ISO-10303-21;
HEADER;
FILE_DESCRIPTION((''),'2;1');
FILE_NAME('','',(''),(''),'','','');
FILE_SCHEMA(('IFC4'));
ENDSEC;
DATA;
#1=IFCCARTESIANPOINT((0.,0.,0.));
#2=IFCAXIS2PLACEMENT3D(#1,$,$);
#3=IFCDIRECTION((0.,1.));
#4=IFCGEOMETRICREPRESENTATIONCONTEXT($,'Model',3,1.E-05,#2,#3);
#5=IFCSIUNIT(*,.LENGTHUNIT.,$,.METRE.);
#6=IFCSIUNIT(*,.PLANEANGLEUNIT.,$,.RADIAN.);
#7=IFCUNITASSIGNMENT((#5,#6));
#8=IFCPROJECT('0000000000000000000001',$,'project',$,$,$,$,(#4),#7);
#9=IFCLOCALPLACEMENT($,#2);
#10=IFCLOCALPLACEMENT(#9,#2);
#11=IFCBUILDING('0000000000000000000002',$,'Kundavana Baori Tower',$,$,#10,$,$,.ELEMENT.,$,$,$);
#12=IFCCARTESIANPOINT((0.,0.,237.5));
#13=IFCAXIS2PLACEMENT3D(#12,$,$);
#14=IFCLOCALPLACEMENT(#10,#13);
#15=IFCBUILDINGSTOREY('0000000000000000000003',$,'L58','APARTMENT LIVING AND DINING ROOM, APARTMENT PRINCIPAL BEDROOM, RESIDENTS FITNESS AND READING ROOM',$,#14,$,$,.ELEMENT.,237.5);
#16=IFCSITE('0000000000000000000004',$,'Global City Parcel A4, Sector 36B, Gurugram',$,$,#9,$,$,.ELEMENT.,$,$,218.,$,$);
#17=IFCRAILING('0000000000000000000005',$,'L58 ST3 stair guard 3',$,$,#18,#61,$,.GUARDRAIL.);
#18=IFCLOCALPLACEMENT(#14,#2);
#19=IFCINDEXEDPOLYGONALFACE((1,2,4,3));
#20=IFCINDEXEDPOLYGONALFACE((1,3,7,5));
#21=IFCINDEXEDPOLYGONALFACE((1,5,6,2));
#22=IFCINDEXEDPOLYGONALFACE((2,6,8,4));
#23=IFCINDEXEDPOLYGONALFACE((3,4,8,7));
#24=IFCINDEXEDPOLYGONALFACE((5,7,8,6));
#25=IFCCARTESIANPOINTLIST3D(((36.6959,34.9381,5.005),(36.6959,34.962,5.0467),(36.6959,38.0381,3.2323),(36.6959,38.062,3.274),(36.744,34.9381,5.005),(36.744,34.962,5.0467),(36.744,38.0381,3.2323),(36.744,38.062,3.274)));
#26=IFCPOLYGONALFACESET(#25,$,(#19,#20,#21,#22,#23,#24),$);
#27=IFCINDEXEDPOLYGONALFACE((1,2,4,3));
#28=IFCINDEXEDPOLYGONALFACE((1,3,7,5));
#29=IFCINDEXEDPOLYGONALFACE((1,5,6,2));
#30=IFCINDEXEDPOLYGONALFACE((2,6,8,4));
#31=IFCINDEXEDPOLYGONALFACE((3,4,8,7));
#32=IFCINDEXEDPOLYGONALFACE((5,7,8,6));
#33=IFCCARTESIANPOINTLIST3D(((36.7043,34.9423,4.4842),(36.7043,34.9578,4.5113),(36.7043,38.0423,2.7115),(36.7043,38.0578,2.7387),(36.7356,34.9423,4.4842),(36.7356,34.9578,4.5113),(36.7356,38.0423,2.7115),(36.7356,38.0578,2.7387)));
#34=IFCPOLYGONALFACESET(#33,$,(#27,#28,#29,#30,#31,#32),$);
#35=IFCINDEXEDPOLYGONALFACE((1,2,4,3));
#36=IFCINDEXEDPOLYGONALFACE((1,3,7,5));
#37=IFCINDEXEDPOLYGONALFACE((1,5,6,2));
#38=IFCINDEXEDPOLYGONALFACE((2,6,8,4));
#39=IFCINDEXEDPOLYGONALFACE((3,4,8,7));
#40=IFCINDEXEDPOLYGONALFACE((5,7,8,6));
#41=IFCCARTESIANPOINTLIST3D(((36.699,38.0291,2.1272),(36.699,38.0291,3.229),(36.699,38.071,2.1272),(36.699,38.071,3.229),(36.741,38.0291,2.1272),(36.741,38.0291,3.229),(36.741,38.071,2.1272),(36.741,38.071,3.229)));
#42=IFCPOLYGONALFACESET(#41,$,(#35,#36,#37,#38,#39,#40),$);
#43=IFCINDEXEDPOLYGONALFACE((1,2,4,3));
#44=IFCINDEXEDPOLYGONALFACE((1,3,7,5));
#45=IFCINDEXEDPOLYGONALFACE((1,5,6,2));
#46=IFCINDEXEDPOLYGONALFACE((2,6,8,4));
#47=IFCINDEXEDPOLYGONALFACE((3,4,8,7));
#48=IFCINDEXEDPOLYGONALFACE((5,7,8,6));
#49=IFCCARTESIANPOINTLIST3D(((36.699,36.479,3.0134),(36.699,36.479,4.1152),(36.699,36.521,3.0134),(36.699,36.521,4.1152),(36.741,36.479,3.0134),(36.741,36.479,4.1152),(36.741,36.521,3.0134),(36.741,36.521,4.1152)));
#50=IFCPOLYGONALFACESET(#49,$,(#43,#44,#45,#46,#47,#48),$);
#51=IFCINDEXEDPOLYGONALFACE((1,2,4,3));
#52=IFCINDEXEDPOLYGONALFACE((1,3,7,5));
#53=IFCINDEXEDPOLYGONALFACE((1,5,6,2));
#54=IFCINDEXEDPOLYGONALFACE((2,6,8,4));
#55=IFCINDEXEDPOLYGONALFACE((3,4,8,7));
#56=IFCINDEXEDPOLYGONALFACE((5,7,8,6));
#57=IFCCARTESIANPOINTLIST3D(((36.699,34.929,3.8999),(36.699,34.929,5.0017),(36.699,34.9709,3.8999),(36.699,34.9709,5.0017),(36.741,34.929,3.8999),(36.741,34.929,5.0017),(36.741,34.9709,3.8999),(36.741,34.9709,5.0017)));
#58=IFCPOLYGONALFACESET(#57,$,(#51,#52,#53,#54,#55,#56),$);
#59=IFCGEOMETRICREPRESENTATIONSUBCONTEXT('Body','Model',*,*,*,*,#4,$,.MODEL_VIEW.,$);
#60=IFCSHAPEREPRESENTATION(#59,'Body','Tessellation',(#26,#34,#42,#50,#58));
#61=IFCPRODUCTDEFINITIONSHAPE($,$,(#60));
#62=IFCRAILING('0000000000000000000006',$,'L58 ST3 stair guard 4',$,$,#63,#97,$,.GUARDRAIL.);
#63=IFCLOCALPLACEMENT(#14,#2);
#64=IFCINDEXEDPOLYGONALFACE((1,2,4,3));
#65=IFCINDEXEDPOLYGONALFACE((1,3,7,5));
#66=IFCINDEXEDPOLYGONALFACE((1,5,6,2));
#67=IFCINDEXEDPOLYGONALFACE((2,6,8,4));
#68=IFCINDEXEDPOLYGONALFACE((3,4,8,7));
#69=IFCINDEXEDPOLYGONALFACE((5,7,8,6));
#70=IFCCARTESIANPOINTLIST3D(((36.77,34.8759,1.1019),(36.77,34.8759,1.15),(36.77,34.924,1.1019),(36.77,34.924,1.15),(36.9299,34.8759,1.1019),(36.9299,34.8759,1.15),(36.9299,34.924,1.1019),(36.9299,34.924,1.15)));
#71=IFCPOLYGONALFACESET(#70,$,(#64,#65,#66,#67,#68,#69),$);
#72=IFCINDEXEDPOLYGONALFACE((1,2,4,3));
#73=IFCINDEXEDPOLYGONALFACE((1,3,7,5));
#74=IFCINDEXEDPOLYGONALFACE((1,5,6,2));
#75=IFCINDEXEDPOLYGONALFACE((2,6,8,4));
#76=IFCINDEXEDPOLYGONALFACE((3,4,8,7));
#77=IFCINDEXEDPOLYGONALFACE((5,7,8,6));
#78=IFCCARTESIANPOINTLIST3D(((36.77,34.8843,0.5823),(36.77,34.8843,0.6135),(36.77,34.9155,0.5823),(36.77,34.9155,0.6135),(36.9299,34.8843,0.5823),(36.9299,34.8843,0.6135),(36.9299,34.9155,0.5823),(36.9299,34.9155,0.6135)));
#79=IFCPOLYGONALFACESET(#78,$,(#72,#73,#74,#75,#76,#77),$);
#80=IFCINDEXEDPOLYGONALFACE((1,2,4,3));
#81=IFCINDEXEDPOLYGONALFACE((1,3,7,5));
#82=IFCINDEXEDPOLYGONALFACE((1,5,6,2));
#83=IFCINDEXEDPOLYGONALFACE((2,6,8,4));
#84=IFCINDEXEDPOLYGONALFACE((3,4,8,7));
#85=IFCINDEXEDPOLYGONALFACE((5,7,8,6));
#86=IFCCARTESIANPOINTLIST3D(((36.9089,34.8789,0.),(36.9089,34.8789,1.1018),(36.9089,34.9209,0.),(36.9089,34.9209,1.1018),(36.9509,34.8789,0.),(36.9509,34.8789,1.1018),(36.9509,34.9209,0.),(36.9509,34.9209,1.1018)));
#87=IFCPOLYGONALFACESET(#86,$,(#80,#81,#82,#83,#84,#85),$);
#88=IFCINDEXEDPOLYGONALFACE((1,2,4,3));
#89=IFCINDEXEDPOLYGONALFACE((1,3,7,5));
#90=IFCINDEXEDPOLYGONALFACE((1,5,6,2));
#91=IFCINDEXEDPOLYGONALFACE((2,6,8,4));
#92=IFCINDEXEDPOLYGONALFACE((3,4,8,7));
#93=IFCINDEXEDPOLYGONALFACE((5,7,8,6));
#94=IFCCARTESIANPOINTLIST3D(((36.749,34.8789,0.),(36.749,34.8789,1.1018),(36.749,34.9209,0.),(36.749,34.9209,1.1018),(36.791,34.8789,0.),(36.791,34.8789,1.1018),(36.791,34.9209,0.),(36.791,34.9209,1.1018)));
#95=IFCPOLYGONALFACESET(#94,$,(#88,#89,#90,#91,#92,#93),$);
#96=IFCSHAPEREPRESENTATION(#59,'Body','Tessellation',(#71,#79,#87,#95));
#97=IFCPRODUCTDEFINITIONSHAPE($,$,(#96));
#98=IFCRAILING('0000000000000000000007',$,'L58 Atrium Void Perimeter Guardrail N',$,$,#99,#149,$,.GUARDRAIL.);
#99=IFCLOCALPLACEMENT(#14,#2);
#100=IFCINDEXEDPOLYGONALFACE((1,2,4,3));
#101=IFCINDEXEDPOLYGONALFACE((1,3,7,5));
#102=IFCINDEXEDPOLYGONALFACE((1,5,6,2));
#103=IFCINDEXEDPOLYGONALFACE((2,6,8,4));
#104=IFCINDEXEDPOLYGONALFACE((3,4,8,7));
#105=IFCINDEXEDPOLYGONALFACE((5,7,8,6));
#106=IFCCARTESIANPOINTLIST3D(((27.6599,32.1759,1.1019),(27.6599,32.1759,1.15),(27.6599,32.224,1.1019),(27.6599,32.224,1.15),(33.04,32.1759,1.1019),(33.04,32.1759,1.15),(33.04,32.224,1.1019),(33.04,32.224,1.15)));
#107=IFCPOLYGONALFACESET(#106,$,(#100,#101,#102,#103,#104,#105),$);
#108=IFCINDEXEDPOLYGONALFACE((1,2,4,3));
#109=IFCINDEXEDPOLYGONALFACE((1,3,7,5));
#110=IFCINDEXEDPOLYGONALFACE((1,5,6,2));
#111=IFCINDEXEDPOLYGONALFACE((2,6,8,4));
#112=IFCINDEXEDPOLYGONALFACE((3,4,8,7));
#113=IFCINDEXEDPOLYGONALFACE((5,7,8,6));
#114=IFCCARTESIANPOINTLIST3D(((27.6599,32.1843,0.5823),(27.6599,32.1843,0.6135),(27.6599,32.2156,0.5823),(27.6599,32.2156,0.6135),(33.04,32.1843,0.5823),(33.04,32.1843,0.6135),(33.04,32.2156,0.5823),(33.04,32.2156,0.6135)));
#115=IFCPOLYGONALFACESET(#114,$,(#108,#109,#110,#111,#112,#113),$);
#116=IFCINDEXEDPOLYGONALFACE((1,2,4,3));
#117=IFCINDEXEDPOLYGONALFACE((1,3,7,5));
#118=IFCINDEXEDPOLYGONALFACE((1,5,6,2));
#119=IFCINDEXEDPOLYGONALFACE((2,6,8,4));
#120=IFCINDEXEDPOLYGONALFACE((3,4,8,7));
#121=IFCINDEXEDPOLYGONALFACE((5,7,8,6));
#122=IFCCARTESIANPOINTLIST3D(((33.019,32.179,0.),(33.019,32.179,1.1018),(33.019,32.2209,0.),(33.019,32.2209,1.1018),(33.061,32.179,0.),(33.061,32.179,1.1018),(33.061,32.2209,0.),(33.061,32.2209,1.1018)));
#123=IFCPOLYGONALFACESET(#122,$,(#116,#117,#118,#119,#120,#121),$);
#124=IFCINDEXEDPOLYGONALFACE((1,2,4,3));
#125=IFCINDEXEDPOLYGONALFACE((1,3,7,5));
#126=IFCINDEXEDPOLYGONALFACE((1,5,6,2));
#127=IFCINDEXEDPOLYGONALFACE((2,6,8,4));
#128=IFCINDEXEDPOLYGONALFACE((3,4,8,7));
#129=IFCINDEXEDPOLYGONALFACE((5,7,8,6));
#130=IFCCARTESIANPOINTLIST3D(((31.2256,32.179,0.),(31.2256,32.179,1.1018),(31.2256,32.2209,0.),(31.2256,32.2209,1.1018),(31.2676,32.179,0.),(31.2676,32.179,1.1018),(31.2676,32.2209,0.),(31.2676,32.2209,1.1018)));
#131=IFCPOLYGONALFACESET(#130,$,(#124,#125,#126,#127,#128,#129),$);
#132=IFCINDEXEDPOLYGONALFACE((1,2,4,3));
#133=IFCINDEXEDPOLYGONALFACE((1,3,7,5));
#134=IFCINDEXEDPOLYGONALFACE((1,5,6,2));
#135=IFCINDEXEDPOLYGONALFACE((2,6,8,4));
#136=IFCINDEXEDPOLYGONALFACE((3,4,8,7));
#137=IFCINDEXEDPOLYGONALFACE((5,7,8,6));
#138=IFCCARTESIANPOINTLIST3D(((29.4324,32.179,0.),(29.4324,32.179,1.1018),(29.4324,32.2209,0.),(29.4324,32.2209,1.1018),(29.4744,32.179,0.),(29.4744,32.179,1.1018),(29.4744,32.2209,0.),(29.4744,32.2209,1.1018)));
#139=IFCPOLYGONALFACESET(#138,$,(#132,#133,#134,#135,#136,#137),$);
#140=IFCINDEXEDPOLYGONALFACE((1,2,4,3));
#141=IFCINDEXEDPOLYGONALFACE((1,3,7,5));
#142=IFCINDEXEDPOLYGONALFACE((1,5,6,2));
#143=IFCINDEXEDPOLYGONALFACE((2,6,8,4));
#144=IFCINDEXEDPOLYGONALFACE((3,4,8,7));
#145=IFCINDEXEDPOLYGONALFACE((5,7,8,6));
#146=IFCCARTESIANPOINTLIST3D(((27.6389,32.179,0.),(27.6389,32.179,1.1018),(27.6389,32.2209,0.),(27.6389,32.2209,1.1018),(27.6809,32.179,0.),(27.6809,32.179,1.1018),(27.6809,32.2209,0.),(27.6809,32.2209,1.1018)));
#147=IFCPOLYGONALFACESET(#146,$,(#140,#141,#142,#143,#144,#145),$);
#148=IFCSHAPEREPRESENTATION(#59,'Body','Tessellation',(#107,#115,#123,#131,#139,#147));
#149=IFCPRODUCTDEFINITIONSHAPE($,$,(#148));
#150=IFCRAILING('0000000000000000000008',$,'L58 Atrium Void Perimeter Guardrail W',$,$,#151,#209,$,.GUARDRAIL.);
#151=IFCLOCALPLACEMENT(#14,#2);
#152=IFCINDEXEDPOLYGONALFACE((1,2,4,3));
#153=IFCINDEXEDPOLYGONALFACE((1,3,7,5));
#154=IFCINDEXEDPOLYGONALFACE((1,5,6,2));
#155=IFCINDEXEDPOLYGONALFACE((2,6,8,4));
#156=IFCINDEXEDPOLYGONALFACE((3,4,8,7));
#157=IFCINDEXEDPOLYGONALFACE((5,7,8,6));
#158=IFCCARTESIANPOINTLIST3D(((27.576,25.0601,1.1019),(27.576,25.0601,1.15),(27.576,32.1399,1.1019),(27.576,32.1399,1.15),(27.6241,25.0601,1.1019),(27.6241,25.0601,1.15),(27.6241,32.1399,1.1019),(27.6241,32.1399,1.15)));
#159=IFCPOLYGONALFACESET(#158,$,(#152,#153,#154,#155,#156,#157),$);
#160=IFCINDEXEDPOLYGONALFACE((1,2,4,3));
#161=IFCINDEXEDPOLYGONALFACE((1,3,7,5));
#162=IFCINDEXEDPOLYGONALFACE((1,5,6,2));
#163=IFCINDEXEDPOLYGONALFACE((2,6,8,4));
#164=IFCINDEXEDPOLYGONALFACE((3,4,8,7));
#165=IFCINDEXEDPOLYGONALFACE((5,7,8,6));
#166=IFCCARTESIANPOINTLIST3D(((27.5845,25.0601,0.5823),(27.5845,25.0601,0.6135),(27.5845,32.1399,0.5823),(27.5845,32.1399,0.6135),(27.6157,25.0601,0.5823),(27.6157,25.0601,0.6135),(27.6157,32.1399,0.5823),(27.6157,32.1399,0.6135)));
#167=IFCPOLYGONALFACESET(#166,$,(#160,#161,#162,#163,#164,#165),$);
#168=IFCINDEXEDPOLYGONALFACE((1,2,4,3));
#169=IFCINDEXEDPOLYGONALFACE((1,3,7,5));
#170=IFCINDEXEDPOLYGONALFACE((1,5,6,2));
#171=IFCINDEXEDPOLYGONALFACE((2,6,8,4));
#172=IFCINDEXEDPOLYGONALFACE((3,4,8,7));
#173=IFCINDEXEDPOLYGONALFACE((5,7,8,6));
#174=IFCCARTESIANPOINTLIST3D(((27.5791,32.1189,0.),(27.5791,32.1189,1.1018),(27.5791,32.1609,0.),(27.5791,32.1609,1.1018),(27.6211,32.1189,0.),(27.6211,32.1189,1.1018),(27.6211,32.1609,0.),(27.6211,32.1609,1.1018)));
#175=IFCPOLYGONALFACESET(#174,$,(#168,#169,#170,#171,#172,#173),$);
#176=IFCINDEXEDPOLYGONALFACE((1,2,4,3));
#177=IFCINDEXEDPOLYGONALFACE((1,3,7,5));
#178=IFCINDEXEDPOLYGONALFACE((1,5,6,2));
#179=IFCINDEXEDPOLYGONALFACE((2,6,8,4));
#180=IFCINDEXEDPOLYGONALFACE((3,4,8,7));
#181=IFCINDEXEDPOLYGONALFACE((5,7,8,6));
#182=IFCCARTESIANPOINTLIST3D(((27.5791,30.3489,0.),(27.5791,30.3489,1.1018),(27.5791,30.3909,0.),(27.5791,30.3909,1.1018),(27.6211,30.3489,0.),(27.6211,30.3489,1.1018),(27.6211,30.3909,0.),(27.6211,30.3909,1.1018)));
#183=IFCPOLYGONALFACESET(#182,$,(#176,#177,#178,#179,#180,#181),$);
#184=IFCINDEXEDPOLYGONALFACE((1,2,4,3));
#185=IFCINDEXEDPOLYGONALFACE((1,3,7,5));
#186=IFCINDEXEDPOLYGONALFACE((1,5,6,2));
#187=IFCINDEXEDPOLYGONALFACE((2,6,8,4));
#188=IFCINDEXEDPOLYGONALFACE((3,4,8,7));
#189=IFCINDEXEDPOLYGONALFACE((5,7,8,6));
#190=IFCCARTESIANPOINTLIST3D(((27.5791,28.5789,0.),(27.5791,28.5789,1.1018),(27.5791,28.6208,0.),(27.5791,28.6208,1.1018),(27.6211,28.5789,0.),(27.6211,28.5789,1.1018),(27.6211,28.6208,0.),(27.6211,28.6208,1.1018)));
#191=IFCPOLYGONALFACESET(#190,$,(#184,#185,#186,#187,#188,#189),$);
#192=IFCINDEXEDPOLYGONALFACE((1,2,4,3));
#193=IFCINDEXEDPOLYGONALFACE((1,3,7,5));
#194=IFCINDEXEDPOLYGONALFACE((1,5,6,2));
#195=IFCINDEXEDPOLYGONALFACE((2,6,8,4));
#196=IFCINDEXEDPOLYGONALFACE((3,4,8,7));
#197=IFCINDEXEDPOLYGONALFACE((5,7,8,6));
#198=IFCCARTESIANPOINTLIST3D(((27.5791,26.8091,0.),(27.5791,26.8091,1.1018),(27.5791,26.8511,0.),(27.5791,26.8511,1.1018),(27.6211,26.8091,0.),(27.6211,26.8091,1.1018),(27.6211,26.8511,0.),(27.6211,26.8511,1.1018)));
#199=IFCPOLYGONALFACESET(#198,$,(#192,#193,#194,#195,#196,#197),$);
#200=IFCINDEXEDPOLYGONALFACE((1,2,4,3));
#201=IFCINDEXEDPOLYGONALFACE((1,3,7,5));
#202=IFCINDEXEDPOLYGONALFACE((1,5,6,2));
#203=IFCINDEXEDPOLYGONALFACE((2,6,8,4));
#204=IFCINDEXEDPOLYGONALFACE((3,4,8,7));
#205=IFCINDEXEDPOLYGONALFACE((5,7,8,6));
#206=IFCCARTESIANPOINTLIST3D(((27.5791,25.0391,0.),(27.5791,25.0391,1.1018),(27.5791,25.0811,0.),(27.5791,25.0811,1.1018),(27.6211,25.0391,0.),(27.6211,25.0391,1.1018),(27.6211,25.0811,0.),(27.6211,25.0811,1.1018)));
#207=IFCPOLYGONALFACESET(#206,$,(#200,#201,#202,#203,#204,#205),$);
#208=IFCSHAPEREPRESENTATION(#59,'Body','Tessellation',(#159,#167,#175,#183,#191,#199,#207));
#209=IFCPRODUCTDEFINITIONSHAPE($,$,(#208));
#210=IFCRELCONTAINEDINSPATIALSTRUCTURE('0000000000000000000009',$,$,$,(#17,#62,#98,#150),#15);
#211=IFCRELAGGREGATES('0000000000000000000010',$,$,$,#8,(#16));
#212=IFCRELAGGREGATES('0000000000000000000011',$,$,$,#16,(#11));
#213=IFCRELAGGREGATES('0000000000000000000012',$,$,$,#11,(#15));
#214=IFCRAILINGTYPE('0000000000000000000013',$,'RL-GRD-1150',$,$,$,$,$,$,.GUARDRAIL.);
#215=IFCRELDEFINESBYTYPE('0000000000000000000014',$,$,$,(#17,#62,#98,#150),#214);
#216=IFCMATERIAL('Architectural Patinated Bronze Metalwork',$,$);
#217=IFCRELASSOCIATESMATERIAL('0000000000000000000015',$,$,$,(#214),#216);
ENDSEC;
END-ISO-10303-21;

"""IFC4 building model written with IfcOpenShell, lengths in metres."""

from ifc_helpers import new_model, si_unit, direction, frame, origin, origin_2d, place, context, subcontext, project, spatial, rectangle, extrude, material, type_object, element, save


model = new_model("IFC4")

# Units and contexts
model_context = context("Model", 3, precision=1e-05, world=origin(), true_north=direction((0.0, 1.0)))
body_context = subcontext(model_context, "Body", "Model", "MODEL_VIEW")
ifc_project = project(units=[si_unit("LENGTHUNIT", "METRE"), si_unit("PLANEANGLEUNIT", "RADIAN")], contexts=[model_context])

# Site, building, storey
site_placement = place(None, origin())
site = spatial("IfcSite", under=ifc_project, at=site_placement, Name="Global City Parcel A4, Sector 36B, Gurugram", CompositionType="ELEMENT", RefElevation=218.0)
building_placement = place(site_placement, origin())
building = spatial("IfcBuilding", under=site, at=building_placement, Name="Kundavana Baori Tower", CompositionType="ELEMENT")
storey_placement = place(building_placement, frame((0.0, 0.0, 237.5)))
storey = spatial("IfcBuildingStorey", under=building, at=storey_placement, Name="L58", Description="APARTMENT LIVING AND DINING ROOM, APARTMENT PRINCIPAL BEDROOM, RESIDENTS FITNESS AND READING ROOM", CompositionType="ELEMENT", Elevation=237.5)

# Railings
ifc_material_1 = material(Name="Architectural Patinated Bronze Metalwork")
railing_type_1 = type_object("IfcRailingType", Name="RL-GRD-1150", PredefinedType="GUARDRAIL", material=ifc_material_1)
railing_1_placement = place(storey_placement, frame((36.72, 38.05, 2.1272)))
element("IfcRailing", 1, at=railing_1_placement, inside=storey, type_object=railing_type_1, Name="L58 ST3 stair guard 3", PredefinedType="GUARDRAIL", context=body_context, shape_type="SweptSolid", body=[
    extrude(rectangle(XDim=0.0481, YDim=0.0481, at=origin_2d()), frame((0.0, 0.0, 1.126), z_axis=(0.0, -0.868096, 0.496397), x_axis=(1.0, 0.0, 0.0)), (0.0, 0.0, 1.0), 3.571),
    extrude(rectangle(XDim=0.0312, YDim=0.0312, at=origin_2d()), frame((0.0, 0.0, 0.5979), z_axis=(0.0, -0.868096, 0.496397), x_axis=(1.0, 0.0, 0.0)), (0.0, 0.0, 1.0), 3.571),
    extrude(rectangle(XDim=0.042, YDim=0.042, at=origin_2d()), origin(), (0.0, 0.0, 1.0), 1.1018),
    extrude(rectangle(XDim=0.042, YDim=0.042, at=origin_2d()), frame((0.0, -1.55, 0.8862)), (0.0, 0.0, 1.0), 1.1018),
    extrude(rectangle(XDim=0.042, YDim=0.042, at=origin_2d()), frame((0.0, -3.1001, 1.7727)), (0.0, 0.0, 1.0), 1.1018),
])
railing_2_placement = place(storey_placement, frame((36.9299, 34.8999, 0.0)))
element("IfcRailing", 2, at=railing_2_placement, inside=storey, type_object=railing_type_1, Name="L58 ST3 stair guard 4", PredefinedType="GUARDRAIL", context=body_context, shape_type="SweptSolid", body=[
    extrude(rectangle(XDim=0.0481, YDim=0.0481, at=origin_2d()), frame((0.0, 0.0, 1.126), z_axis=(-1.0, 0.0, 0.0), x_axis=(0.0, -1.0, 0.0)), (0.0, 0.0, 1.0), 0.1599),
    extrude(rectangle(XDim=0.0312, YDim=0.0312, at=origin_2d()), frame((0.0, 0.0, 0.5979), z_axis=(-1.0, 0.0, 0.0), x_axis=(0.0, -1.0, 0.0)), (0.0, 0.0, 1.0), 0.1599),
    extrude(rectangle(XDim=0.042, YDim=0.042, at=origin_2d()), origin(), (0.0, 0.0, 1.0), 1.1018),
    extrude(rectangle(XDim=0.042, YDim=0.042, at=origin_2d()), frame((-0.1599, 0.0, 0.0)), (0.0, 0.0, 1.0), 1.1018),
])
railing_3_placement = place(storey_placement, frame((33.04, 32.2, 0.0)))
element("IfcRailing", 3, at=railing_3_placement, inside=storey, type_object=railing_type_1, Name="L58 Atrium Void Perimeter Guardrail N", PredefinedType="GUARDRAIL", context=body_context, shape_type="SweptSolid", body=[
    extrude(rectangle(XDim=0.0481, YDim=0.0481, at=origin_2d()), frame((0.0, 0.0, 1.126), z_axis=(-1.0, 0.0, 0.0), x_axis=(0.0, -1.0, 0.0)), (0.0, 0.0, 1.0), 5.3801),
    extrude(rectangle(XDim=0.0312, YDim=0.0312, at=origin_2d()), frame((0.0, 0.0, 0.5979), z_axis=(-1.0, 0.0, 0.0), x_axis=(0.0, -1.0, 0.0)), (0.0, 0.0, 1.0), 5.3801),
    extrude(rectangle(XDim=0.042, YDim=0.042, at=origin_2d()), origin(), (0.0, 0.0, 1.0), 1.1018),
    extrude(rectangle(XDim=0.042, YDim=0.042, at=origin_2d()), frame((-1.7935, 0.0, 0.0)), (0.0, 0.0, 1.0), 1.1018),
    extrude(rectangle(XDim=0.042, YDim=0.042, at=origin_2d()), frame((-3.5867, 0.0, 0.0)), (0.0, 0.0, 1.0), 1.1018),
    extrude(rectangle(XDim=0.042, YDim=0.042, at=origin_2d()), frame((-5.3801, 0.0, 0.0)), (0.0, 0.0, 1.0), 1.1018),
])
railing_4_placement = place(storey_placement, frame((27.6001, 32.1399, 0.0)))
element("IfcRailing", 4, at=railing_4_placement, inside=storey, type_object=railing_type_1, Name="L58 Atrium Void Perimeter Guardrail W", PredefinedType="GUARDRAIL", context=body_context, shape_type="SweptSolid", body=[
    extrude(rectangle(XDim=0.0481, YDim=0.0481, at=origin_2d()), frame((0.0, 0.0, 1.126), z_axis=(0.0, -1.0, 0.0), x_axis=(1.0, 0.0, 0.0)), (0.0, 0.0, 1.0), 7.0798),
    extrude(rectangle(XDim=0.0312, YDim=0.0312, at=origin_2d()), frame((0.0, 0.0, 0.5979), z_axis=(0.0, -1.0, 0.0), x_axis=(1.0, 0.0, 0.0)), (0.0, 0.0, 1.0), 7.0798),
    extrude(rectangle(XDim=0.042, YDim=0.042, at=origin_2d()), origin(), (0.0, 0.0, 1.0), 1.1018),
    extrude(rectangle(XDim=0.042, YDim=0.042, at=origin_2d()), frame((0.0, -1.77, 0.0)), (0.0, 0.0, 1.0), 1.1018),
    extrude(rectangle(XDim=0.042, YDim=0.042, at=origin_2d()), frame((0.0, -3.54, 0.0)), (0.0, 0.0, 1.0), 1.1018),
    extrude(rectangle(XDim=0.042, YDim=0.042, at=origin_2d()), frame((0.0, -5.3098, 0.0)), (0.0, 0.0, 1.0), 1.1018),
    extrude(rectangle(XDim=0.042, YDim=0.042, at=origin_2d()), frame((0.0, -7.0798, 0.0)), (0.0, 0.0, 1.0), 1.1018),
])

save(model, "model.ifc")
